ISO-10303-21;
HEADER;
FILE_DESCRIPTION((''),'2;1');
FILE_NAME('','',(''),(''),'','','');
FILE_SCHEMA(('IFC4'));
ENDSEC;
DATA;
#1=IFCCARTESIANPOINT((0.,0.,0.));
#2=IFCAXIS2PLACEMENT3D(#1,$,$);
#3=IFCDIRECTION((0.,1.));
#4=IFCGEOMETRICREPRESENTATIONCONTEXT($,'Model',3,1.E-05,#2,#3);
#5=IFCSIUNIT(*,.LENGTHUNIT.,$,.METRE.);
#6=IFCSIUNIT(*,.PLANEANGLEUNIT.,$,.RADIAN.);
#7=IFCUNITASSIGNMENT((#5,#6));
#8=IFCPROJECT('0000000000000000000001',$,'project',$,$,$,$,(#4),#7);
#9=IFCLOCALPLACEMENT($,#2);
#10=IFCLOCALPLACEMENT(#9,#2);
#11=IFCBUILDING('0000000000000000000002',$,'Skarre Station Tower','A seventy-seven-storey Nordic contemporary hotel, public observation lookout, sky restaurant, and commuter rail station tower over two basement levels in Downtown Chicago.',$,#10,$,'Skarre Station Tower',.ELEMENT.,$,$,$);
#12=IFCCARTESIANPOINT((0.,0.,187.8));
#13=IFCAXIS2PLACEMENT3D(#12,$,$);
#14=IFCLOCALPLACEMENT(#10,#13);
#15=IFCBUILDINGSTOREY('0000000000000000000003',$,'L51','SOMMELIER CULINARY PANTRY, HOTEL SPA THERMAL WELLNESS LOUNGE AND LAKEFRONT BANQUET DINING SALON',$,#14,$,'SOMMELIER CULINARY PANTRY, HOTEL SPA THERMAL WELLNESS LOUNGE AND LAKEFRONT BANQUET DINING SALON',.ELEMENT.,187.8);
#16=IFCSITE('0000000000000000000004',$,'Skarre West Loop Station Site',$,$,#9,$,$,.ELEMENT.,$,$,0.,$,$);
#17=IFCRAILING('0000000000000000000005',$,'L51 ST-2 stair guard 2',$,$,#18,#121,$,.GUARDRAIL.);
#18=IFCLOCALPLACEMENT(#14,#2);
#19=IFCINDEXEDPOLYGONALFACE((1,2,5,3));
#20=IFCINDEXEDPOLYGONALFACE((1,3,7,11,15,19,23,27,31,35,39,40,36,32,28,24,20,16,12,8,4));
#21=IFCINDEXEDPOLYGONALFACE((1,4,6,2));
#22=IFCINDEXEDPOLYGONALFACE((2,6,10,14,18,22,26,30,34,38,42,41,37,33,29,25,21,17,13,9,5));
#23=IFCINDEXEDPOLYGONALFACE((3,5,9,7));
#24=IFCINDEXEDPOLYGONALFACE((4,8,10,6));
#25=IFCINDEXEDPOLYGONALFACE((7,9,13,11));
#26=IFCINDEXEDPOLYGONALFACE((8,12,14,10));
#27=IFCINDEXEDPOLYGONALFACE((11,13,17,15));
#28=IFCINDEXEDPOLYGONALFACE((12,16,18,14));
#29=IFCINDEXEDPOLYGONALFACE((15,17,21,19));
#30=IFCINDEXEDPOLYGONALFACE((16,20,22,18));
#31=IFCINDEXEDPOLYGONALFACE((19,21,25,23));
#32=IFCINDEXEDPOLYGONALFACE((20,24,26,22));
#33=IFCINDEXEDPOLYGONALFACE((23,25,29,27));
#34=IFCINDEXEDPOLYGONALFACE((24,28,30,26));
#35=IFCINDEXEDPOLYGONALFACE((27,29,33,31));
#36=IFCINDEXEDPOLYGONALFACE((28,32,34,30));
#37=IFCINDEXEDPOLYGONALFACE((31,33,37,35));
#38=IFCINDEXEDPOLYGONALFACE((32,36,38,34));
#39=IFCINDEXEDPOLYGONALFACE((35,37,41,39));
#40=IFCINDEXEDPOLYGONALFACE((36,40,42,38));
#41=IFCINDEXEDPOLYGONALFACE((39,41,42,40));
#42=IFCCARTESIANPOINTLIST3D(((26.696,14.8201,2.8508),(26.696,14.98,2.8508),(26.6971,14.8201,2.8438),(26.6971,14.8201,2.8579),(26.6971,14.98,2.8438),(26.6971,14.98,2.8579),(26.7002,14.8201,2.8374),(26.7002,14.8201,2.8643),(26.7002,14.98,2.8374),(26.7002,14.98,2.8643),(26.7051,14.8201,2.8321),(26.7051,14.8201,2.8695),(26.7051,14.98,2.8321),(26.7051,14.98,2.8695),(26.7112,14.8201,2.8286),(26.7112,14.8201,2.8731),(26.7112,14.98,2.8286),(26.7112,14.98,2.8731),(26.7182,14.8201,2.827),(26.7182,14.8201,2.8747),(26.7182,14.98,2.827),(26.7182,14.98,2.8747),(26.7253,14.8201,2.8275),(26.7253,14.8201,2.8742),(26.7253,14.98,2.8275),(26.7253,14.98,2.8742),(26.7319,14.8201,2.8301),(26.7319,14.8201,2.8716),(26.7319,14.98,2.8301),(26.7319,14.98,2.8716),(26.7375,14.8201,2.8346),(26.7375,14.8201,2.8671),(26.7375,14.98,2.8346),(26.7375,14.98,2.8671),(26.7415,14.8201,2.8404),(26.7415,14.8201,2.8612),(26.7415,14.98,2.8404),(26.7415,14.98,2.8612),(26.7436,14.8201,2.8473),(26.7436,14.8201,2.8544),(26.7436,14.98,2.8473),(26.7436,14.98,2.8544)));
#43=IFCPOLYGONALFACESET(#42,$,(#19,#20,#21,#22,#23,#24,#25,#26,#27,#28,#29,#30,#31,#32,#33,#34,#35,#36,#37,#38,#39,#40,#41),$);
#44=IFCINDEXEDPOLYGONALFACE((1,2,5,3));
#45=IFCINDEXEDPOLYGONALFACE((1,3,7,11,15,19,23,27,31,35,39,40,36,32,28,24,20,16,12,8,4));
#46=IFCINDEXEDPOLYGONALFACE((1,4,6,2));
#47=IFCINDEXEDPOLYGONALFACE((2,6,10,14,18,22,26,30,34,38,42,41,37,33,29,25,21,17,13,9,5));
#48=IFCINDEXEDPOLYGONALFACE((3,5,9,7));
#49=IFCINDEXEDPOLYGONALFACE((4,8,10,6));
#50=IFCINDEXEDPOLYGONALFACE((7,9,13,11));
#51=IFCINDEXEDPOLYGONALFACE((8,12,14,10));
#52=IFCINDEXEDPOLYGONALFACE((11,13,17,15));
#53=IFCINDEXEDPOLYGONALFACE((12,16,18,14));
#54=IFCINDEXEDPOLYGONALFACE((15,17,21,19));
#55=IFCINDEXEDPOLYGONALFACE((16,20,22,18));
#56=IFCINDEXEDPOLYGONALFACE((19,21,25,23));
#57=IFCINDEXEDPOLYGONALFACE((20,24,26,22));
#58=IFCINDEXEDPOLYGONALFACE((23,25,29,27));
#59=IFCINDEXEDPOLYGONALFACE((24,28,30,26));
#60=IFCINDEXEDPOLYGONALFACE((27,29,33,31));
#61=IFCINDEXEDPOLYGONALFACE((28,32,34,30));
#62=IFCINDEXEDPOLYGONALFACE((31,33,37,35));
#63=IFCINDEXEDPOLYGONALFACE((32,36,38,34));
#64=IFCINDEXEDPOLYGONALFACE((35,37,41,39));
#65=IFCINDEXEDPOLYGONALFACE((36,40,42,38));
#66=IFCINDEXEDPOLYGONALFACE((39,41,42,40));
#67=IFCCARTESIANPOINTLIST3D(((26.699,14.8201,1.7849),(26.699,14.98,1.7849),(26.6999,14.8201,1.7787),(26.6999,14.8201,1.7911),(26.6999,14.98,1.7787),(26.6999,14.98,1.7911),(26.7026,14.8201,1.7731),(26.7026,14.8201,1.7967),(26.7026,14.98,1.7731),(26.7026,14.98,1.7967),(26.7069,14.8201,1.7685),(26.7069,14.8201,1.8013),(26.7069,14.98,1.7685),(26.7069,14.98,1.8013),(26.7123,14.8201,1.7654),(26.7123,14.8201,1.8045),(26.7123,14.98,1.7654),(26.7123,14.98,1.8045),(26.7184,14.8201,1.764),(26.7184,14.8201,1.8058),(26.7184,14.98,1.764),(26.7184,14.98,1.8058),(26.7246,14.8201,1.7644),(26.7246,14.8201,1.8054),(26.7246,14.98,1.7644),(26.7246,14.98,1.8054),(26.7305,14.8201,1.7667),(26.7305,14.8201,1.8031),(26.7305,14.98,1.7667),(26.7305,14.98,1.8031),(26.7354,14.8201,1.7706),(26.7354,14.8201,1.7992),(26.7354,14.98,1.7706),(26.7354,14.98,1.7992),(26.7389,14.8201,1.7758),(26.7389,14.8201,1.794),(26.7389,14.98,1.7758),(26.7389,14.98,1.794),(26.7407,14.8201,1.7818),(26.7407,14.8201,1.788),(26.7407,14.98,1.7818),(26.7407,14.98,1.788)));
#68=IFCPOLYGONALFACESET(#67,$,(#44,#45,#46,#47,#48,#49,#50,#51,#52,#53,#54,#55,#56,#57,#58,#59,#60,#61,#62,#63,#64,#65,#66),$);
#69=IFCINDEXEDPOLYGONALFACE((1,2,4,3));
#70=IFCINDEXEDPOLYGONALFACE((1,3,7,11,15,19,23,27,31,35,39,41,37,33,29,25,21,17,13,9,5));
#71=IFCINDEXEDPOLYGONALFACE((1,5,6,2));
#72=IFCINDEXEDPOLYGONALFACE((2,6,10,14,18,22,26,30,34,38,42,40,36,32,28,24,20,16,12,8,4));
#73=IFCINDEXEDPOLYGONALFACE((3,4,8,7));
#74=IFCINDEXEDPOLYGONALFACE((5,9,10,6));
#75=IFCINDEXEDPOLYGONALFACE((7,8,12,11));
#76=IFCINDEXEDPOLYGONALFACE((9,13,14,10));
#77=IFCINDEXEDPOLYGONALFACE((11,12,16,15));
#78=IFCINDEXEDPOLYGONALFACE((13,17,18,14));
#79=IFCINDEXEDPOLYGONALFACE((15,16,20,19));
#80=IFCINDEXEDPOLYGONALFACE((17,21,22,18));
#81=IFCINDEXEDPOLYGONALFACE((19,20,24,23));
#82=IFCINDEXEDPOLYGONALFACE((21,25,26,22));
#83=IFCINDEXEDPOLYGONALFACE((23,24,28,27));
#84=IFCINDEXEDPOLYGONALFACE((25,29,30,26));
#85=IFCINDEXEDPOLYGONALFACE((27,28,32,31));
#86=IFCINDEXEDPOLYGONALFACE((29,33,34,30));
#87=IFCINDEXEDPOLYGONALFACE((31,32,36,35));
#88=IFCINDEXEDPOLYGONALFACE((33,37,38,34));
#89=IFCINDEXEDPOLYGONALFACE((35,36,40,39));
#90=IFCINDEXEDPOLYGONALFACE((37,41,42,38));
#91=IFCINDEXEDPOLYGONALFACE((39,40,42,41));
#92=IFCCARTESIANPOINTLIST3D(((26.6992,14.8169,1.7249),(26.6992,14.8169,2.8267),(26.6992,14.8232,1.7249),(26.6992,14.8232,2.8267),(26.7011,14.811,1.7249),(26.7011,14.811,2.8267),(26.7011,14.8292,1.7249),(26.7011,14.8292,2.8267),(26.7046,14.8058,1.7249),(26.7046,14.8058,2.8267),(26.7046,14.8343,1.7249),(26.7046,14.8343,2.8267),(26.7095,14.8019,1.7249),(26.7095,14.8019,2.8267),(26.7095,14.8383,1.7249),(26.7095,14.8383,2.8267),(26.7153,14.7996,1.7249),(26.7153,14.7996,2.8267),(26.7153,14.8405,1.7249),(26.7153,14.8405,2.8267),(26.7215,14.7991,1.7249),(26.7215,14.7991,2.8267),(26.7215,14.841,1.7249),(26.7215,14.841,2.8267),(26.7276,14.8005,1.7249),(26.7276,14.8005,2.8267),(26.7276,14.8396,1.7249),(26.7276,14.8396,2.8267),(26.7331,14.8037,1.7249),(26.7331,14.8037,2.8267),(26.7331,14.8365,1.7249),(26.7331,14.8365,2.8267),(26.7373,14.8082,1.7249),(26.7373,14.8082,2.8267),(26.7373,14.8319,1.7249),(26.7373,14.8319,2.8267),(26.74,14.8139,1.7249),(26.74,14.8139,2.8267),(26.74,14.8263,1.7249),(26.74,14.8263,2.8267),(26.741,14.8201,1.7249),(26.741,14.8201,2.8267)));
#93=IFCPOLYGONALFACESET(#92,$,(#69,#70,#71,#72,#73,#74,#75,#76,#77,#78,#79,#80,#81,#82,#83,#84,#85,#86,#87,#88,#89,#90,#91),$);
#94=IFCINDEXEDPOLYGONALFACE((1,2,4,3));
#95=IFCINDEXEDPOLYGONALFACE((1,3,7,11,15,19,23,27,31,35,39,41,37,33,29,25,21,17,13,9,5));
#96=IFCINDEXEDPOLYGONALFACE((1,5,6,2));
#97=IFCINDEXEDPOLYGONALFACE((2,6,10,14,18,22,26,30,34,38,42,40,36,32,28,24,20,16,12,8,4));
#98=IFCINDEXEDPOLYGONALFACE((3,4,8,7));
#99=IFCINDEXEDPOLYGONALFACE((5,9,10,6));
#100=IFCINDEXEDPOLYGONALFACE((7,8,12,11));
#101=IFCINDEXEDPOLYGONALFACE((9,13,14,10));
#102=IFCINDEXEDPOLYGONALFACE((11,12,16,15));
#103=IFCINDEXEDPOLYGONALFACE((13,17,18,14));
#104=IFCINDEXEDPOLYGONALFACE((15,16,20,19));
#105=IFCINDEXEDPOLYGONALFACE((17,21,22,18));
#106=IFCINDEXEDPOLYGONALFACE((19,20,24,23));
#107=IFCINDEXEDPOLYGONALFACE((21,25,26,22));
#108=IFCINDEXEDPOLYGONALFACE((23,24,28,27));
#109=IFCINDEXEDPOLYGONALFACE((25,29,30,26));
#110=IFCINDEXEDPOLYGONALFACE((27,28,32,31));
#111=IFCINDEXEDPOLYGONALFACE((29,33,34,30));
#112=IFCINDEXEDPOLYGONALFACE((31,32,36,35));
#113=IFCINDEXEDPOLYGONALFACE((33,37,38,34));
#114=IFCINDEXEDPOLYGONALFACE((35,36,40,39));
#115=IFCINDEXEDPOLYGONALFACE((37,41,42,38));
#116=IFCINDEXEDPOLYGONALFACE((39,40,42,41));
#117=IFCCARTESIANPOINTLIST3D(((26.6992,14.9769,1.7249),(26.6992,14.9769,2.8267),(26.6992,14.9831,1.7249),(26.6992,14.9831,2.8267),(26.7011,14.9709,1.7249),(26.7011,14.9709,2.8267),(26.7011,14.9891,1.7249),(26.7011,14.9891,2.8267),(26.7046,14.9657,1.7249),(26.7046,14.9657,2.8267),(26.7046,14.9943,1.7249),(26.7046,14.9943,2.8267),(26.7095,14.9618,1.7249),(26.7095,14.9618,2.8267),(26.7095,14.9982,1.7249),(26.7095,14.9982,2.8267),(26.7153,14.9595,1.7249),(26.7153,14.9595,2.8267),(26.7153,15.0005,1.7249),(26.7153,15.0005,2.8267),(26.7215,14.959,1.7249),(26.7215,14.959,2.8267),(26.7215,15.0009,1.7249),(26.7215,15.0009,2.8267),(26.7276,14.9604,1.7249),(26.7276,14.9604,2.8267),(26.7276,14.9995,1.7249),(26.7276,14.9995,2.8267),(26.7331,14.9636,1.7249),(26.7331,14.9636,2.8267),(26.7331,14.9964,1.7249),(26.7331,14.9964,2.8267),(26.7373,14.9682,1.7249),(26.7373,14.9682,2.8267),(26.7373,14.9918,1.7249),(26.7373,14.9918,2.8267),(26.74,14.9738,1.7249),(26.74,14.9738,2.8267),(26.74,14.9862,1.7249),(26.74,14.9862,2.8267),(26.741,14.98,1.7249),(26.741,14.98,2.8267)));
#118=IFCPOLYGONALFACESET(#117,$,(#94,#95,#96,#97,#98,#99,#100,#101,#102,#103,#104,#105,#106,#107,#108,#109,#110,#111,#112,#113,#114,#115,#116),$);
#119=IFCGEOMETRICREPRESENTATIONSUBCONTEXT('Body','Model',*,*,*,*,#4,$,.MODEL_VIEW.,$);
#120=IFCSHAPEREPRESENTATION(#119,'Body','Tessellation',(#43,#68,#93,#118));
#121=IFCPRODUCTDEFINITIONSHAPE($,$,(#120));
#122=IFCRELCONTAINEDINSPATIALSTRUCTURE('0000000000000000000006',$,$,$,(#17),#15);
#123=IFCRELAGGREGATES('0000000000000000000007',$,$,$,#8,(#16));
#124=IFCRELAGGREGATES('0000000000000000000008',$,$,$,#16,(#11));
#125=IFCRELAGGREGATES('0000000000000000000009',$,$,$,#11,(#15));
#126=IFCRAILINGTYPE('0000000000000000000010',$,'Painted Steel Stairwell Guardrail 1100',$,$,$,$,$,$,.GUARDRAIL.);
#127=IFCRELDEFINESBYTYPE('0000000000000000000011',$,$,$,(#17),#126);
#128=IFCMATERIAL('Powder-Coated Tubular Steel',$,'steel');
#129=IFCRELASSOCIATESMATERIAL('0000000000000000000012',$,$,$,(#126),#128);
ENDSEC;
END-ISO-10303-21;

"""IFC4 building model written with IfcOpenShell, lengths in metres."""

from ifc_helpers import new_model, si_unit, direction, frame, origin, origin_2d, place, context, subcontext, project, spatial, circle, extrude, material, type_object, element, save


model = new_model("IFC4")

# Units and contexts
model_context = context("Model", 3, precision=1e-05, world=origin(), true_north=direction((0.0, 1.0)))
body_context = subcontext(model_context, "Body", "Model", "MODEL_VIEW")
ifc_project = project(units=[si_unit("LENGTHUNIT", "METRE"), si_unit("PLANEANGLEUNIT", "RADIAN")], contexts=[model_context])

# Site, building, storey
site_placement = place(None, origin())
site = spatial("IfcSite", under=ifc_project, at=site_placement, Name="Skarre West Loop Station Site", CompositionType="ELEMENT", RefElevation=0.0)
building_placement = place(site_placement, origin())
building = spatial("IfcBuilding", under=site, at=building_placement, Name="Skarre Station Tower", Description="A seventy-seven-storey Nordic contemporary hotel, public observation lookout, sky restaurant, and commuter rail station tower over two basement levels in Downtown Chicago.", LongName="Skarre Station Tower", CompositionType="ELEMENT")
storey_placement = place(building_placement, frame((0.0, 0.0, 187.8)))
storey = spatial("IfcBuildingStorey", under=building, at=storey_placement, Name="L51", Description="SOMMELIER CULINARY PANTRY, HOTEL SPA THERMAL WELLNESS LOUNGE AND LAKEFRONT BANQUET DINING SALON", LongName="SOMMELIER CULINARY PANTRY, HOTEL SPA THERMAL WELLNESS LOUNGE AND LAKEFRONT BANQUET DINING SALON", CompositionType="ELEMENT", Elevation=187.8)

# Railing
ifc_material_1 = material(Name="Powder-Coated Tubular Steel", Category="steel")
railing_type_1 = type_object("IfcRailingType", Name="Painted Steel Stairwell Guardrail 1100", PredefinedType="GUARDRAIL", material=ifc_material_1)
railing_1_placement = place(storey_placement, frame((26.72, 14.8201, 1.7249)))
element("IfcRailing", 1, at=railing_1_placement, inside=storey, type_object=railing_type_1, Name="L51 ST-2 stair guard 2", PredefinedType="GUARDRAIL", context=body_context, shape_type="SweptSolid", body=[
    extrude(circle(Radius=0.0239, at=origin_2d()), frame((0.0, 0.0, 1.126), z_axis=(0.0, 1.0, 0.0), x_axis=(-1.0, 0.0, 0.0)), (0.0, 0.0, 1.0), 0.1599),
    extrude(circle(Radius=0.021, at=origin_2d()), frame((0.0, 0.0, 0.0601), z_axis=(0.0, 1.0, 0.0), x_axis=(-1.0, 0.0, 0.0)), (0.0, 0.0, 1.0), 0.1599),
    extrude(circle(Radius=0.021, at=origin_2d()), origin(), (0.0, 0.0, 1.0), 1.1018),
    extrude(circle(Radius=0.021, at=origin_2d()), frame((0.0, 0.1599, 0.0)), (0.0, 0.0, 1.0), 1.1018),
])

save(model, "model.ifc")
